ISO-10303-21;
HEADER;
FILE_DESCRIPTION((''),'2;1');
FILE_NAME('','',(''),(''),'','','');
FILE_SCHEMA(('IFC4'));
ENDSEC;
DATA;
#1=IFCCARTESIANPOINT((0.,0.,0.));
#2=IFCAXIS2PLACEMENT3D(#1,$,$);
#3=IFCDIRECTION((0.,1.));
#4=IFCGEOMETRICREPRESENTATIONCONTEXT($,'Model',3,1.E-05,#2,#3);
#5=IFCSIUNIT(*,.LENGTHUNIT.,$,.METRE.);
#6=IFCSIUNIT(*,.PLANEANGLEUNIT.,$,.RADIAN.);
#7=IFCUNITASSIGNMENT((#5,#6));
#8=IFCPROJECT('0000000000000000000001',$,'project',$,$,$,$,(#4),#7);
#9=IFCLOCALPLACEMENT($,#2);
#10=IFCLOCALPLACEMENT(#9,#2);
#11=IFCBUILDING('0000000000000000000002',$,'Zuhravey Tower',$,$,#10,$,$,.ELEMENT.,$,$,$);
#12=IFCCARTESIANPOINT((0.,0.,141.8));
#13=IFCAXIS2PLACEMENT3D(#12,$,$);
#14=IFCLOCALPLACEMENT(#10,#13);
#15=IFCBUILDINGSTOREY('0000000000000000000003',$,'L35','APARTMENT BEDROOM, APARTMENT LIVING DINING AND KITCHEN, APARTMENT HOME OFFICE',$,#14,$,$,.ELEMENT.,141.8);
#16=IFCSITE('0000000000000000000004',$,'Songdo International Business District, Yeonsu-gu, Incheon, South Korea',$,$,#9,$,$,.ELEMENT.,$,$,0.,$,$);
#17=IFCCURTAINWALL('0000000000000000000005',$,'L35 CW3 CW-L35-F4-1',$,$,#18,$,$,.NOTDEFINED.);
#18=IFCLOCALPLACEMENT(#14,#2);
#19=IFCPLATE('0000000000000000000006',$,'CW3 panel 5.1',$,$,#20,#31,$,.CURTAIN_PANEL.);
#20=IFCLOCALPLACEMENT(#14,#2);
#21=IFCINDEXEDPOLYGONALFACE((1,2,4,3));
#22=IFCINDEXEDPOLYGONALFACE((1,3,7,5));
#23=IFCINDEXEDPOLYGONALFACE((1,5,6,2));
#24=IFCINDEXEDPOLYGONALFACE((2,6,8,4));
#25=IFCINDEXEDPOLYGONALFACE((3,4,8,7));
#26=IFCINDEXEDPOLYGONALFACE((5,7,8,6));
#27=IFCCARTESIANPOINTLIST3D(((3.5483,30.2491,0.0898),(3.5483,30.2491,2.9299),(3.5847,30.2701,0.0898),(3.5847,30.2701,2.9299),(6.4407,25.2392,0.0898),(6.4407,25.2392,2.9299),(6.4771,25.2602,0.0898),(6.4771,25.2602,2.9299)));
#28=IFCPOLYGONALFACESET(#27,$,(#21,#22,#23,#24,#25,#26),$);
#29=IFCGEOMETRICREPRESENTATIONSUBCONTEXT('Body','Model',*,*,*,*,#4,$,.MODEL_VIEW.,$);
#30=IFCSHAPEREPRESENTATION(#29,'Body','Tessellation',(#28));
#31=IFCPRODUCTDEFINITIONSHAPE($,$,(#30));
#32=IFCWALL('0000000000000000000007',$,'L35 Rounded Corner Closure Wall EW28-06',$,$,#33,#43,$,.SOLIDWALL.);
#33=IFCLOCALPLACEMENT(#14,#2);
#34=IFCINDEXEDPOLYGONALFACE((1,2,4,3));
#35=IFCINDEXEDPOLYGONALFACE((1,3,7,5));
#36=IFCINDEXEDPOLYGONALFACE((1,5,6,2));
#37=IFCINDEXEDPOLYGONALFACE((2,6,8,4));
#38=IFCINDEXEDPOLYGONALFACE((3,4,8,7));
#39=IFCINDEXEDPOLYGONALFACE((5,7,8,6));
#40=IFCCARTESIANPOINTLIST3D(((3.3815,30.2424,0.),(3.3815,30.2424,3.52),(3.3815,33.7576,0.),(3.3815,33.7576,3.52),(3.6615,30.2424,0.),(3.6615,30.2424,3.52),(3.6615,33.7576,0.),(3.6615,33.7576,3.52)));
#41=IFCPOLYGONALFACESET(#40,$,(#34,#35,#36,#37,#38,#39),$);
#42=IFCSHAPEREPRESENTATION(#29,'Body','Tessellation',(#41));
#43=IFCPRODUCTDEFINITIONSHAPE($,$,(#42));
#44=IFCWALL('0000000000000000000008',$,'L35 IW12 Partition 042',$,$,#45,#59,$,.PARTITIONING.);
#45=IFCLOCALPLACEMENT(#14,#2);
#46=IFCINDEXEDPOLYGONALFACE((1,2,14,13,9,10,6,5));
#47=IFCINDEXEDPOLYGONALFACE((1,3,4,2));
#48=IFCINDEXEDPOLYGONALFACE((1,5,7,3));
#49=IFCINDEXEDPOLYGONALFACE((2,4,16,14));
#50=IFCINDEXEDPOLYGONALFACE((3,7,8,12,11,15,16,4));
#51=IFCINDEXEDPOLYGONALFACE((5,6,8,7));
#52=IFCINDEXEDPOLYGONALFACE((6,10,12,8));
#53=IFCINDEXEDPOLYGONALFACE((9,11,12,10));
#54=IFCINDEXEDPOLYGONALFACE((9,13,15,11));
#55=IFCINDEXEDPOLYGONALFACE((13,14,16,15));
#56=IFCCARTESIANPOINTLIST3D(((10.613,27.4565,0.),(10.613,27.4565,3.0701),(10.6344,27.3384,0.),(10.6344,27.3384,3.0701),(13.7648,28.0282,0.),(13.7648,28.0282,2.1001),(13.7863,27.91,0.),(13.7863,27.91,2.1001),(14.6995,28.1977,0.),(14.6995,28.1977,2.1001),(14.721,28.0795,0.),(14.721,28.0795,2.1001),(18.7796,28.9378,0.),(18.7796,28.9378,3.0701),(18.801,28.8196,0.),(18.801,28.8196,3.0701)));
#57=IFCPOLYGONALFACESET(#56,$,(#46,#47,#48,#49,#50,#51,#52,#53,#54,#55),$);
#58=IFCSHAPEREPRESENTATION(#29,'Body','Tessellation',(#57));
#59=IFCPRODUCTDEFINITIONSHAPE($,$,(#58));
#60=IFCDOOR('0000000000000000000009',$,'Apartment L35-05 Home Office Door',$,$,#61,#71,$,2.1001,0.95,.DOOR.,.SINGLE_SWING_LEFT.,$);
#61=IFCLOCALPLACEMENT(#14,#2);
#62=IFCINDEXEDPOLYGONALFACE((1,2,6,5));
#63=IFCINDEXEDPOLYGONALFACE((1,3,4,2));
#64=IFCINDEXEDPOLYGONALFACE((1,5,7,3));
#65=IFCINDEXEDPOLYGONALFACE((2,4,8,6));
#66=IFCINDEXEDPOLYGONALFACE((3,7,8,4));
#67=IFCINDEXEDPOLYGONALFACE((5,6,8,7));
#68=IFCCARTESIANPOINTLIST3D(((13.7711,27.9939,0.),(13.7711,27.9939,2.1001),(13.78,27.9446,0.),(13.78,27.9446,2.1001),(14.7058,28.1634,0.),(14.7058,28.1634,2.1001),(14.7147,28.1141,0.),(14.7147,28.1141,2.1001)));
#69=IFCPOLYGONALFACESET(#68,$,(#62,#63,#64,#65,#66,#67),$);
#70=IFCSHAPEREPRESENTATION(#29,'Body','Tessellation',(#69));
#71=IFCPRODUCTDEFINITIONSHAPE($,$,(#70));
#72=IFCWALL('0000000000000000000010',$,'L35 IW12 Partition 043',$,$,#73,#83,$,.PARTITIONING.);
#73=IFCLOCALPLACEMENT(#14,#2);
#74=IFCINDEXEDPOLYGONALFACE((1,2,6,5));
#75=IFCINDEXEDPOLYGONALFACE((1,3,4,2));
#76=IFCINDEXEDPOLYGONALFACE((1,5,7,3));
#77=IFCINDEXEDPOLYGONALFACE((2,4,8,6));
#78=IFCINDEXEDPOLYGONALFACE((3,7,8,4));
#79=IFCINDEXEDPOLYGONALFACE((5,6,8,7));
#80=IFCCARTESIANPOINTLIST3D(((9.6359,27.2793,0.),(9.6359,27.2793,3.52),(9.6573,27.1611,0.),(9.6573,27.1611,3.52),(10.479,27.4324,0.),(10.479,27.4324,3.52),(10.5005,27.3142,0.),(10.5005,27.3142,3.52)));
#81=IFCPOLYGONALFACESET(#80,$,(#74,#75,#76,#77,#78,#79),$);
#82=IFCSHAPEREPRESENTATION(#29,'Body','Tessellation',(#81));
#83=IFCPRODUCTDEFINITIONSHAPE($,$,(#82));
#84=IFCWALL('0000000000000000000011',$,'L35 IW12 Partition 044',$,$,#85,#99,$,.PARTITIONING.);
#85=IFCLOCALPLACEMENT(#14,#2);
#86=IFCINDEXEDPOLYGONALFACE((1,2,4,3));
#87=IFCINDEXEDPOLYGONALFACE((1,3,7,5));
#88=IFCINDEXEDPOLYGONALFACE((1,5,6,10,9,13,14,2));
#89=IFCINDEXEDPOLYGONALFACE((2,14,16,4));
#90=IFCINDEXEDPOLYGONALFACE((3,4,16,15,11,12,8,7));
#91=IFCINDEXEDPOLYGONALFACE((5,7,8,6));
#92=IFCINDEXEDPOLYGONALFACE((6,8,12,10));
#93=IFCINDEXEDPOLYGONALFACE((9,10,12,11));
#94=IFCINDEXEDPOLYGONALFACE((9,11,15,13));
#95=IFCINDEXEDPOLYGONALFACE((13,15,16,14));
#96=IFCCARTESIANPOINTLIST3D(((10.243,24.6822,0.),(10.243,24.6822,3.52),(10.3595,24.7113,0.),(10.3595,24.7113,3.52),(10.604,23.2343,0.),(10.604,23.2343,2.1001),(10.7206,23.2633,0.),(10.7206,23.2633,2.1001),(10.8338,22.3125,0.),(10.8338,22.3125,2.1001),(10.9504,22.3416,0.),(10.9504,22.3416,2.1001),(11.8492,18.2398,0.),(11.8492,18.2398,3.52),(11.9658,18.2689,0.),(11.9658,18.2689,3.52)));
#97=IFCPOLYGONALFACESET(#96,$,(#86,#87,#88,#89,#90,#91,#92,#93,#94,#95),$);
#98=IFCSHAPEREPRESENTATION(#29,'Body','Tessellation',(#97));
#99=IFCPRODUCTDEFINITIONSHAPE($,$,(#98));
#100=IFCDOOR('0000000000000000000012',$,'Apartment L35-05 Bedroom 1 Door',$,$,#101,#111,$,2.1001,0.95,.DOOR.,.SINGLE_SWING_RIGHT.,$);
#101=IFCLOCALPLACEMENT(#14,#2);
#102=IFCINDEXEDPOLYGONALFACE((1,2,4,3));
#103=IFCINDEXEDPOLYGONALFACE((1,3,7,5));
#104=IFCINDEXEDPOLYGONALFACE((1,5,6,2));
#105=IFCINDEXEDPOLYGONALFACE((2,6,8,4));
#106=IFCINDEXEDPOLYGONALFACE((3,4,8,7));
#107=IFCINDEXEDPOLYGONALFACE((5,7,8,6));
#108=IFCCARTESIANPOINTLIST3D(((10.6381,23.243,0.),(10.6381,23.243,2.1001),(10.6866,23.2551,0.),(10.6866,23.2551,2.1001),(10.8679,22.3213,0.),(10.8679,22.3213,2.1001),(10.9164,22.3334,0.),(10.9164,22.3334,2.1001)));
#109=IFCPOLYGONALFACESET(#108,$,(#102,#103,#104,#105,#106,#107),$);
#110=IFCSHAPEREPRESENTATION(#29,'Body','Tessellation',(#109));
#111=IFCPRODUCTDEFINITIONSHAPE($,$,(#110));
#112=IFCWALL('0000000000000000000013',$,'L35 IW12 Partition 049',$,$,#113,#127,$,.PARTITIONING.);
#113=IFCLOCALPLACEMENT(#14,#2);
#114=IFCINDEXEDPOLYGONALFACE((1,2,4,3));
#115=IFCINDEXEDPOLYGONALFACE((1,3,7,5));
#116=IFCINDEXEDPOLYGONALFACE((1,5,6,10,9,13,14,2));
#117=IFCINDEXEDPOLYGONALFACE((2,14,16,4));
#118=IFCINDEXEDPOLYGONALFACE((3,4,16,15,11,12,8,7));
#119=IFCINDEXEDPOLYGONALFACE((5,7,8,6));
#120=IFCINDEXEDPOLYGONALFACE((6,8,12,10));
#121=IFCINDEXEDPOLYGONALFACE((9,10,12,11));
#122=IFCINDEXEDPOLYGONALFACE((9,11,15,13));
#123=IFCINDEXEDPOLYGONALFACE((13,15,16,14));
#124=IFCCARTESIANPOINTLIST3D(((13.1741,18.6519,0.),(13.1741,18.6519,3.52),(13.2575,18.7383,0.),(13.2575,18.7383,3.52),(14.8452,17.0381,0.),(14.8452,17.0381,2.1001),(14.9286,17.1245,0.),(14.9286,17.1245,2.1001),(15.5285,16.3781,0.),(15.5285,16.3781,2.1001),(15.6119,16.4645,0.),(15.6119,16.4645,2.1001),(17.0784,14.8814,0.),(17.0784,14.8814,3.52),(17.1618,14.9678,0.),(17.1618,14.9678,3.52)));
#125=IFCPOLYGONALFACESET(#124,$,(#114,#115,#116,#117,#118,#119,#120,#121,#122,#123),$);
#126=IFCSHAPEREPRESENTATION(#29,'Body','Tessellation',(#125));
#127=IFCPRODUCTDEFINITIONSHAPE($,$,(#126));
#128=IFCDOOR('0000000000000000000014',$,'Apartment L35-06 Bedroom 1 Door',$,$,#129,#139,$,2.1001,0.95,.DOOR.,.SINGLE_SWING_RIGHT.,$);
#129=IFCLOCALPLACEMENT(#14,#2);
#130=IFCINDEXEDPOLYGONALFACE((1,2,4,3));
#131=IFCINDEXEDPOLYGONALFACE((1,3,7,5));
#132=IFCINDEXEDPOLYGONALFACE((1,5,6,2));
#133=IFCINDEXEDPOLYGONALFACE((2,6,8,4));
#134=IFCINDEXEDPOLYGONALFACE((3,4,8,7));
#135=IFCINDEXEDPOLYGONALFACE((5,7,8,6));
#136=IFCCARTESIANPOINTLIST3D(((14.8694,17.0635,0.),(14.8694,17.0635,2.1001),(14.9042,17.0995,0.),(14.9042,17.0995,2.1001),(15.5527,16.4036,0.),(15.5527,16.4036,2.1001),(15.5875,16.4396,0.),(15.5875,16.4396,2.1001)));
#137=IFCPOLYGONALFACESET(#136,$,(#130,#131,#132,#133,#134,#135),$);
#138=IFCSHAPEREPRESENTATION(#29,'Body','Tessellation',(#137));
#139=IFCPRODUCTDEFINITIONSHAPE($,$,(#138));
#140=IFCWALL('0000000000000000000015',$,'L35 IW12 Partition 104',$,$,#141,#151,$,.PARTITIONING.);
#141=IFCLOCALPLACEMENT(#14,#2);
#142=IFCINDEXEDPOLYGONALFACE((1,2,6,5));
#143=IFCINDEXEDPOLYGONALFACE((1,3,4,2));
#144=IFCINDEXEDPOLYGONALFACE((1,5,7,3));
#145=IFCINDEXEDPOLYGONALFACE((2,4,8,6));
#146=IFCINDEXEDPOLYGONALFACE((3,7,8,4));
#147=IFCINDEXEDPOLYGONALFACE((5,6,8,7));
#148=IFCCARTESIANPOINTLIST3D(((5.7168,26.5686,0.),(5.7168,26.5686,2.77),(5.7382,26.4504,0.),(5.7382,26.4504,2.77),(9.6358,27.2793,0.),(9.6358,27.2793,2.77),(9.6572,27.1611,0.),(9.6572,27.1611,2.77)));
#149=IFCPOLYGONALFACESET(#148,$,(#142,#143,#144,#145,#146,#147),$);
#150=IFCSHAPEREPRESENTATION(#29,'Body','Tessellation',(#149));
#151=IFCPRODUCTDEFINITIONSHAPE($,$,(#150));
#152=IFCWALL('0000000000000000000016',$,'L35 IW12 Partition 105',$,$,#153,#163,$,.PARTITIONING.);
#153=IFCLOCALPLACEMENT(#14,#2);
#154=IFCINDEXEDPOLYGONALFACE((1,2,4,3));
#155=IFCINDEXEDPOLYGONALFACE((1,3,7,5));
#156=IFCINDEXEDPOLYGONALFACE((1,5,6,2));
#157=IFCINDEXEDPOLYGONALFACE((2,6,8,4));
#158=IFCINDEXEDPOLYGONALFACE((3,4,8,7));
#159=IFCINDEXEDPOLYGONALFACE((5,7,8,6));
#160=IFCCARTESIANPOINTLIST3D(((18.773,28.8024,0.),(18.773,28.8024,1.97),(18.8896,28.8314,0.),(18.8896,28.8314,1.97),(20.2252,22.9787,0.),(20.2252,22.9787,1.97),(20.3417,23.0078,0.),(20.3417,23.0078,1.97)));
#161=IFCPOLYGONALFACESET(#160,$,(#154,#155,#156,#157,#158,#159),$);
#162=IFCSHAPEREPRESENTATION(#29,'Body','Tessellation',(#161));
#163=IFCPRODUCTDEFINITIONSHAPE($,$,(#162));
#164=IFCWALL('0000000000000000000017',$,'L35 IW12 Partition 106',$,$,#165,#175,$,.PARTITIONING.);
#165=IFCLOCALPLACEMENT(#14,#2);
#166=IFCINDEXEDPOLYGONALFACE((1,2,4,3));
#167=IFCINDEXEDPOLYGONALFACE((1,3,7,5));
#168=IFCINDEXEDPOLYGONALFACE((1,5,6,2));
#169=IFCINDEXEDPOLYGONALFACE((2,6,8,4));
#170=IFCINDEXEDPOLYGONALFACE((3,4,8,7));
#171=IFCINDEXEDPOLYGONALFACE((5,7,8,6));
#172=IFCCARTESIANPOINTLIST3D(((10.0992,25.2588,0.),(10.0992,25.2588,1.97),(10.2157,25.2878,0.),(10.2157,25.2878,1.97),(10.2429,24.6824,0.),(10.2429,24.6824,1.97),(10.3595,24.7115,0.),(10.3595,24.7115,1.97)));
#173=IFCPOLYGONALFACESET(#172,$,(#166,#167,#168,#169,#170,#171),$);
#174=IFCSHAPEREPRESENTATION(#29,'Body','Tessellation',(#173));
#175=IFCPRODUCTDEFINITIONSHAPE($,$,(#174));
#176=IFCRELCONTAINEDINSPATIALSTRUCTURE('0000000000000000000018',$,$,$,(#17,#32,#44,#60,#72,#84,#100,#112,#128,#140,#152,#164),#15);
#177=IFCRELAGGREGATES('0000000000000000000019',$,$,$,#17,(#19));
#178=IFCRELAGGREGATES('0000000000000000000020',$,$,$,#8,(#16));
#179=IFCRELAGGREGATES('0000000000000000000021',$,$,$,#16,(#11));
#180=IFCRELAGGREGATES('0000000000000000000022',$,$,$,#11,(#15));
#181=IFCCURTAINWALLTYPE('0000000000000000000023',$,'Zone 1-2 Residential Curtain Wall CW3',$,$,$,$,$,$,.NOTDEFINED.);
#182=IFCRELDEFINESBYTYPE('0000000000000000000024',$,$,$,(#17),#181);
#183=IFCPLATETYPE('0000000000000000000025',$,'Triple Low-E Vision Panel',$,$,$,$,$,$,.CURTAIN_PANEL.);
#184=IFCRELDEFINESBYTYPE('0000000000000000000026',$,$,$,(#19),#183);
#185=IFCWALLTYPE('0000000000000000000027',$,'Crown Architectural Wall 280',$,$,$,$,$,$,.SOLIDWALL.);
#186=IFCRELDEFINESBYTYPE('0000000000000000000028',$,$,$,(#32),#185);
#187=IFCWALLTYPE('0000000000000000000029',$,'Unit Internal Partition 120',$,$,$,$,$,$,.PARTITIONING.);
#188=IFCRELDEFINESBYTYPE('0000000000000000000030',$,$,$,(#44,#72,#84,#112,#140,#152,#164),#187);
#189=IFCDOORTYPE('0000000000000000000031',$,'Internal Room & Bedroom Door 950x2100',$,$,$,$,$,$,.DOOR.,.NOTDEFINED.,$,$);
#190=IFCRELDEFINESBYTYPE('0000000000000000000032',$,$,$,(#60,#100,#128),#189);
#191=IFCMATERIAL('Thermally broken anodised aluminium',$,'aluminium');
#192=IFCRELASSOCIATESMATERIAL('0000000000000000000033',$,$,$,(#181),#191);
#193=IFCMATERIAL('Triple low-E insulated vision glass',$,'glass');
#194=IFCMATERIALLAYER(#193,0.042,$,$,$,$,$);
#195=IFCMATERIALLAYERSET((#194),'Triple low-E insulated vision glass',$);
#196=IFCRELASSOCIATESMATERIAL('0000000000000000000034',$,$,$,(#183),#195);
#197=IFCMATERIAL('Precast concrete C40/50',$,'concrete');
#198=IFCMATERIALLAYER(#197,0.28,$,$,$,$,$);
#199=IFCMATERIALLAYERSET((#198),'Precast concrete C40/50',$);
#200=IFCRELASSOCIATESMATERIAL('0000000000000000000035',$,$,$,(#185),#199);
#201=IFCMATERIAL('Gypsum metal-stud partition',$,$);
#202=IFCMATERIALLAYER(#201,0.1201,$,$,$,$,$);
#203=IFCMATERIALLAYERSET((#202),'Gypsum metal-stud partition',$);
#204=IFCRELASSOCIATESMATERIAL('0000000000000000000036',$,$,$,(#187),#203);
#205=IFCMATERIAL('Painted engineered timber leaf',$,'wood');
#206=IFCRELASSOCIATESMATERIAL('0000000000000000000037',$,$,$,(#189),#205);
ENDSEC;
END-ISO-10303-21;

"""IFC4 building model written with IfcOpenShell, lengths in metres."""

from ifc_helpers import new_model, si_unit, direction, frame, frame_2d, origin, origin_2d, place, context, subcontext, project, spatial, rectangle, extrude, material, layer, layer_set, type_object, element, fill, aggregate, save


model = new_model("IFC4")

# Units and contexts
model_context = context("Model", 3, precision=1e-05, world=origin(), true_north=direction((0.0, 1.0)))
body_context = subcontext(model_context, "Body", "Model", "MODEL_VIEW")
ifc_project = project(units=[si_unit("LENGTHUNIT", "METRE"), si_unit("PLANEANGLEUNIT", "RADIAN")], contexts=[model_context])

# Site, building, storey
site_placement = place(None, origin())
site = spatial("IfcSite", under=ifc_project, at=site_placement, Name="Songdo International Business District, Yeonsu-gu, Incheon, South Korea", CompositionType="ELEMENT", RefElevation=0.0)
building_placement = place(site_placement, origin())
building = spatial("IfcBuilding", under=site, at=building_placement, Name="Zuhravey Tower", CompositionType="ELEMENT")
storey_placement = place(building_placement, frame((0.0, 0.0, 141.8)))
storey = spatial("IfcBuildingStorey", under=building, at=storey_placement, Name="L35", Description="APARTMENT BEDROOM, APARTMENT LIVING DINING AND KITCHEN, APARTMENT HOME OFFICE", CompositionType="ELEMENT", Elevation=141.8)

# Curtain wall
ifc_material_1 = material(Name="Thermally broken anodised aluminium", Category="aluminium")
curtain_wall_type = type_object("IfcCurtainWallType", Name="Zone 1-2 Residential Curtain Wall CW3", PredefinedType="NOTDEFINED", material=ifc_material_1)
curtain_wall_placement = place(storey_placement, origin())
curtain_wall = element("IfcCurtainWall", 1, at=curtain_wall_placement, inside=storey, type_object=curtain_wall_type, Name="L35 CW3 CW-L35-F4-1", PredefinedType="NOTDEFINED")

# Plate
ifc_material_2 = material(Name="Triple low-E insulated vision glass", Category="glass")
ifc_layer_1 = layer(ifc_material_2, 0.042)
ifc_layer_set_1 = layer_set([ifc_layer_1], Name="Triple low-E insulated vision glass")
plate_type_1 = type_object("IfcPlateType", Name="Triple Low-E Vision Panel", PredefinedType="CURTAIN_PANEL", material=ifc_layer_set_1)
plate_1_placement = place(storey_placement, frame((5.0127, 27.7546, 0.0898), z_axis=(0.0, 0.0, 1.0), x_axis=(-0.5, 0.866026, 0.0)))
plate_1 = element("IfcPlate", 2, at=plate_1_placement, type_object=plate_type_1, Name="CW3 panel 5.1", PredefinedType="CURTAIN_PANEL", context=body_context, shape_type="SweptSolid", body=[
    extrude(rectangle(XDim=5.7849, YDim=0.042, at=origin_2d()), origin(), (0.0, 0.0, 1.0), 2.8401),
])
aggregate(curtain_wall, [plate_1])

# Wall
ifc_material_3 = material(Name="Precast concrete C40/50", Category="concrete")
ifc_layer_2 = layer(ifc_material_3, 0.28)
ifc_layer_set_2 = layer_set([ifc_layer_2], Name="Precast concrete C40/50")
wall_type_1 = type_object("IfcWallType", Name="Crown Architectural Wall 280", PredefinedType="SOLIDWALL", material=ifc_layer_set_2)
wall_1_placement = place(storey_placement, frame((3.5215, 30.2424, 0.0), z_axis=(0.0, 0.0, 1.0), x_axis=(0.0, 1.0, 0.0)))
element("IfcWall", 3, at=wall_1_placement, inside=storey, type_object=wall_type_1, Name="L35 Rounded Corner Closure Wall EW28-06", PredefinedType="SOLIDWALL", context=body_context, shape_type="SweptSolid", body=[
    extrude(rectangle(XDim=3.5151, YDim=0.28, at=frame_2d((1.7576, 0.0))), origin(), (0.0, 0.0, 1.0), 3.52),
])

# Wall, opening, door
ifc_material_4 = material(Name="Gypsum metal-stud partition")
ifc_layer_3 = layer(ifc_material_4, 0.1201)
ifc_layer_set_3 = layer_set([ifc_layer_3], Name="Gypsum metal-stud partition")
wall_type_2 = type_object("IfcWallType", Name="Unit Internal Partition 120", PredefinedType="PARTITIONING", material=ifc_layer_set_3)
wall_2_placement = place(storey_placement, frame((18.7903, 28.8787, 0.0), z_axis=(0.0, 0.0, 1.0), x_axis=(-0.983947, -0.178463, 0.0)))
wall_2 = element("IfcWall", 4, at=wall_2_placement, inside=storey, type_object=wall_type_2, Name="L35 IW12 Partition 042", PredefinedType="PARTITIONING", context=body_context, shape_type="SweptSolid", body=[
    extrude(rectangle(XDim=8.2998, YDim=0.1201, at=frame_2d((4.1499, 0.0))), origin(), (0.0, 0.0, 1.0), 3.0701),
])
opening_1_placement = place(wall_2_placement, frame((4.1465, 0.0, 0.0)))
opening_1 = element("IfcOpeningElement", 5, at=opening_1_placement, cuts=wall_2, PredefinedType="OPENING", context=body_context, shape_type="SweptSolid", body=[
    extrude(rectangle(XDim=0.95, YDim=2.1001, at=frame_2d((0.4751, 1.05))), frame((0.0, 0.072, 0.0), z_axis=(0.0, -1.0, 0.0), x_axis=(1.0, 0.0, 0.0)), (0.0, 0.0, 1.0), 0.144),
])
ifc_material_5 = material(Name="Painted engineered timber leaf", Category="wood")
door_type = type_object("IfcDoorType", Name="Internal Room & Bedroom Door 950x2100", OperationType="NOTDEFINED", PredefinedType="DOOR", material=ifc_material_5)
door_1_placement = place(opening_1_placement, origin())
door_1 = element("IfcDoor", 6, at=door_1_placement, inside=storey, type_object=door_type, Name="Apartment L35-05 Home Office Door", OperationType="SINGLE_SWING_LEFT", OverallHeight=2.1001, OverallWidth=0.95, PredefinedType="DOOR", context=body_context, shape_type="SweptSolid", body=[
    extrude(rectangle(XDim=0.95, YDim=2.1001, at=frame_2d((0.4751, 1.05))), frame((0.0, 0.0249, 0.0), z_axis=(0.0, -1.0, 0.0), x_axis=(1.0, 0.0, 0.0)), (0.0, 0.0, 1.0), 0.05),
])
fill(opening_1, door_1)

# Wall
wall_3_placement = place(storey_placement, frame((10.4897, 27.3733, 0.0), z_axis=(0.0, 0.0, 1.0), x_axis=(-0.98392, -0.17861, 0.0)))
element("IfcWall", 7, at=wall_3_placement, inside=storey, type_object=wall_type_2, Name="L35 IW12 Partition 043", PredefinedType="PARTITIONING", context=body_context, shape_type="SweptSolid", body=[
    extrude(rectangle(XDim=0.8569, YDim=0.1201, at=frame_2d((0.4285, 0.0))), origin(), (0.0, 0.0, 1.0), 3.52),
])

# Walls, openings, doors
wall_4_placement = place(storey_placement, frame((10.3013, 24.6968, 0.0), z_axis=(0.0, 0.0, 1.0), x_axis=(0.241913, -0.970298, 0.0)))
wall_4 = element("IfcWall", 8, at=wall_4_placement, inside=storey, type_object=wall_type_2, Name="L35 IW12 Partition 044", PredefinedType="PARTITIONING", context=body_context, shape_type="SweptSolid", body=[
    extrude(rectangle(XDim=6.6396, YDim=0.1201, at=frame_2d((3.3198, 0.0))), origin(), (0.0, 0.0, 1.0), 3.52),
])
opening_2_placement = place(wall_4_placement, frame((1.4922, 0.0, 0.0)))
opening_2 = element("IfcOpeningElement", 9, at=opening_2_placement, cuts=wall_4, PredefinedType="OPENING", context=body_context, shape_type="SweptSolid", body=[
    extrude(rectangle(XDim=0.95, YDim=2.1001, at=frame_2d((0.4751, 1.05))), frame((0.0, 0.072, 0.0), z_axis=(0.0, -1.0, 0.0), x_axis=(1.0, 0.0, 0.0)), (0.0, 0.0, 1.0), 0.144),
])
door_2_placement = place(opening_2_placement, frame((0.95, 0.0, 0.0), z_axis=(0.0, 0.0, 1.0), x_axis=(-1.0, 0.0, 0.0)))
door_2 = element("IfcDoor", 10, at=door_2_placement, inside=storey, type_object=door_type, Name="Apartment L35-05 Bedroom 1 Door", OperationType="SINGLE_SWING_RIGHT", OverallHeight=2.1001, OverallWidth=0.95, PredefinedType="DOOR", context=body_context, shape_type="SweptSolid", body=[
    extrude(rectangle(XDim=0.95, YDim=2.1001, at=frame_2d((0.4751, 1.05))), frame((0.0, 0.0249, 0.0), z_axis=(0.0, -1.0, 0.0), x_axis=(1.0, 0.0, 0.0)), (0.0, 0.0, 1.0), 0.05),
])
fill(opening_2, door_2)
wall_5_placement = place(storey_placement, frame((13.2158, 18.6951, 0.0), z_axis=(0.0, 0.0, 1.0), x_axis=(0.719324, -0.694675, 0.0)))
wall_5 = element("IfcWall", 11, at=wall_5_placement, inside=storey, type_object=wall_type_2, Name="L35 IW12 Partition 049", PredefinedType="PARTITIONING", context=body_context, shape_type="SweptSolid", body=[
    extrude(rectangle(XDim=5.4277, YDim=0.1201, at=frame_2d((2.7139, 0.0))), origin(), (0.0, 0.0, 1.0), 3.52),
])
opening_3_placement = place(wall_5_placement, frame((2.323, 0.0, 0.0)))
opening_3 = element("IfcOpeningElement", 12, at=opening_3_placement, cuts=wall_5, PredefinedType="OPENING", context=body_context, shape_type="SweptSolid", body=[
    extrude(rectangle(XDim=0.95, YDim=2.1001, at=frame_2d((0.4751, 1.05))), frame((0.0, 0.072, 0.0), z_axis=(0.0, -1.0, 0.0), x_axis=(1.0, 0.0, 0.0)), (0.0, 0.0, 1.0), 0.144),
])
door_3_placement = place(opening_3_placement, frame((0.95, 0.0, 0.0), z_axis=(0.0, 0.0, 1.0), x_axis=(-1.0, 0.0, 0.0)))
door_3 = element("IfcDoor", 13, at=door_3_placement, inside=storey, type_object=door_type, Name="Apartment L35-06 Bedroom 1 Door", OperationType="SINGLE_SWING_RIGHT", OverallHeight=2.1001, OverallWidth=0.95, PredefinedType="DOOR", context=body_context, shape_type="SweptSolid", body=[
    extrude(rectangle(XDim=0.95, YDim=2.1001, at=frame_2d((0.4751, 1.05))), frame((0.0, 0.0249, 0.0), z_axis=(0.0, -1.0, 0.0), x_axis=(1.0, 0.0, 0.0)), (0.0, 0.0, 1.0), 0.05),
])
fill(opening_3, door_3)

# Walls
wall_6_placement = place(storey_placement, frame((9.6465, 27.2202, 0.0), z_axis=(0.0, 0.0, 1.0), x_axis=(-0.983951, -0.178438, 0.0)))
element("IfcWall", 14, at=wall_6_placement, inside=storey, type_object=wall_type_2, Name="L35 IW12 Partition 104", PredefinedType="PARTITIONING", context=body_context, shape_type="SweptSolid", body=[
    extrude(rectangle(XDim=3.9829, YDim=0.1201, at=frame_2d((1.9915, 0.0))), origin(), (0.0, 0.0, 1.0), 2.77),
])
wall_7_placement = place(storey_placement, frame((18.8313, 28.8169, 0.0), z_axis=(0.0, 0.0, 1.0), x_axis=(0.241942, -0.970291, 0.0)))
element("IfcWall", 15, at=wall_7_placement, inside=storey, type_object=wall_type_2, Name="L35 IW12 Partition 105", PredefinedType="PARTITIONING", context=body_context, shape_type="SweptSolid", body=[
    extrude(rectangle(XDim=6.002, YDim=0.1201, at=frame_2d((3.001, 0.0))), origin(), (0.0, 0.0, 1.0), 1.97),
])
wall_8_placement = place(storey_placement, frame((10.1575, 25.2732, 0.0), z_axis=(0.0, 0.0, 1.0), x_axis=(0.242052, -0.970263, 0.0)))
element("IfcWall", 16, at=wall_8_placement, inside=storey, type_object=wall_type_2, Name="L35 IW12 Partition 106", PredefinedType="PARTITIONING", context=body_context, shape_type="SweptSolid", body=[
    extrude(rectangle(XDim=0.594, YDim=0.1201, at=frame_2d((0.2969, 0.0))), origin(), (0.0, 0.0, 1.0), 1.97),
])

save(model, "model.ifc")
